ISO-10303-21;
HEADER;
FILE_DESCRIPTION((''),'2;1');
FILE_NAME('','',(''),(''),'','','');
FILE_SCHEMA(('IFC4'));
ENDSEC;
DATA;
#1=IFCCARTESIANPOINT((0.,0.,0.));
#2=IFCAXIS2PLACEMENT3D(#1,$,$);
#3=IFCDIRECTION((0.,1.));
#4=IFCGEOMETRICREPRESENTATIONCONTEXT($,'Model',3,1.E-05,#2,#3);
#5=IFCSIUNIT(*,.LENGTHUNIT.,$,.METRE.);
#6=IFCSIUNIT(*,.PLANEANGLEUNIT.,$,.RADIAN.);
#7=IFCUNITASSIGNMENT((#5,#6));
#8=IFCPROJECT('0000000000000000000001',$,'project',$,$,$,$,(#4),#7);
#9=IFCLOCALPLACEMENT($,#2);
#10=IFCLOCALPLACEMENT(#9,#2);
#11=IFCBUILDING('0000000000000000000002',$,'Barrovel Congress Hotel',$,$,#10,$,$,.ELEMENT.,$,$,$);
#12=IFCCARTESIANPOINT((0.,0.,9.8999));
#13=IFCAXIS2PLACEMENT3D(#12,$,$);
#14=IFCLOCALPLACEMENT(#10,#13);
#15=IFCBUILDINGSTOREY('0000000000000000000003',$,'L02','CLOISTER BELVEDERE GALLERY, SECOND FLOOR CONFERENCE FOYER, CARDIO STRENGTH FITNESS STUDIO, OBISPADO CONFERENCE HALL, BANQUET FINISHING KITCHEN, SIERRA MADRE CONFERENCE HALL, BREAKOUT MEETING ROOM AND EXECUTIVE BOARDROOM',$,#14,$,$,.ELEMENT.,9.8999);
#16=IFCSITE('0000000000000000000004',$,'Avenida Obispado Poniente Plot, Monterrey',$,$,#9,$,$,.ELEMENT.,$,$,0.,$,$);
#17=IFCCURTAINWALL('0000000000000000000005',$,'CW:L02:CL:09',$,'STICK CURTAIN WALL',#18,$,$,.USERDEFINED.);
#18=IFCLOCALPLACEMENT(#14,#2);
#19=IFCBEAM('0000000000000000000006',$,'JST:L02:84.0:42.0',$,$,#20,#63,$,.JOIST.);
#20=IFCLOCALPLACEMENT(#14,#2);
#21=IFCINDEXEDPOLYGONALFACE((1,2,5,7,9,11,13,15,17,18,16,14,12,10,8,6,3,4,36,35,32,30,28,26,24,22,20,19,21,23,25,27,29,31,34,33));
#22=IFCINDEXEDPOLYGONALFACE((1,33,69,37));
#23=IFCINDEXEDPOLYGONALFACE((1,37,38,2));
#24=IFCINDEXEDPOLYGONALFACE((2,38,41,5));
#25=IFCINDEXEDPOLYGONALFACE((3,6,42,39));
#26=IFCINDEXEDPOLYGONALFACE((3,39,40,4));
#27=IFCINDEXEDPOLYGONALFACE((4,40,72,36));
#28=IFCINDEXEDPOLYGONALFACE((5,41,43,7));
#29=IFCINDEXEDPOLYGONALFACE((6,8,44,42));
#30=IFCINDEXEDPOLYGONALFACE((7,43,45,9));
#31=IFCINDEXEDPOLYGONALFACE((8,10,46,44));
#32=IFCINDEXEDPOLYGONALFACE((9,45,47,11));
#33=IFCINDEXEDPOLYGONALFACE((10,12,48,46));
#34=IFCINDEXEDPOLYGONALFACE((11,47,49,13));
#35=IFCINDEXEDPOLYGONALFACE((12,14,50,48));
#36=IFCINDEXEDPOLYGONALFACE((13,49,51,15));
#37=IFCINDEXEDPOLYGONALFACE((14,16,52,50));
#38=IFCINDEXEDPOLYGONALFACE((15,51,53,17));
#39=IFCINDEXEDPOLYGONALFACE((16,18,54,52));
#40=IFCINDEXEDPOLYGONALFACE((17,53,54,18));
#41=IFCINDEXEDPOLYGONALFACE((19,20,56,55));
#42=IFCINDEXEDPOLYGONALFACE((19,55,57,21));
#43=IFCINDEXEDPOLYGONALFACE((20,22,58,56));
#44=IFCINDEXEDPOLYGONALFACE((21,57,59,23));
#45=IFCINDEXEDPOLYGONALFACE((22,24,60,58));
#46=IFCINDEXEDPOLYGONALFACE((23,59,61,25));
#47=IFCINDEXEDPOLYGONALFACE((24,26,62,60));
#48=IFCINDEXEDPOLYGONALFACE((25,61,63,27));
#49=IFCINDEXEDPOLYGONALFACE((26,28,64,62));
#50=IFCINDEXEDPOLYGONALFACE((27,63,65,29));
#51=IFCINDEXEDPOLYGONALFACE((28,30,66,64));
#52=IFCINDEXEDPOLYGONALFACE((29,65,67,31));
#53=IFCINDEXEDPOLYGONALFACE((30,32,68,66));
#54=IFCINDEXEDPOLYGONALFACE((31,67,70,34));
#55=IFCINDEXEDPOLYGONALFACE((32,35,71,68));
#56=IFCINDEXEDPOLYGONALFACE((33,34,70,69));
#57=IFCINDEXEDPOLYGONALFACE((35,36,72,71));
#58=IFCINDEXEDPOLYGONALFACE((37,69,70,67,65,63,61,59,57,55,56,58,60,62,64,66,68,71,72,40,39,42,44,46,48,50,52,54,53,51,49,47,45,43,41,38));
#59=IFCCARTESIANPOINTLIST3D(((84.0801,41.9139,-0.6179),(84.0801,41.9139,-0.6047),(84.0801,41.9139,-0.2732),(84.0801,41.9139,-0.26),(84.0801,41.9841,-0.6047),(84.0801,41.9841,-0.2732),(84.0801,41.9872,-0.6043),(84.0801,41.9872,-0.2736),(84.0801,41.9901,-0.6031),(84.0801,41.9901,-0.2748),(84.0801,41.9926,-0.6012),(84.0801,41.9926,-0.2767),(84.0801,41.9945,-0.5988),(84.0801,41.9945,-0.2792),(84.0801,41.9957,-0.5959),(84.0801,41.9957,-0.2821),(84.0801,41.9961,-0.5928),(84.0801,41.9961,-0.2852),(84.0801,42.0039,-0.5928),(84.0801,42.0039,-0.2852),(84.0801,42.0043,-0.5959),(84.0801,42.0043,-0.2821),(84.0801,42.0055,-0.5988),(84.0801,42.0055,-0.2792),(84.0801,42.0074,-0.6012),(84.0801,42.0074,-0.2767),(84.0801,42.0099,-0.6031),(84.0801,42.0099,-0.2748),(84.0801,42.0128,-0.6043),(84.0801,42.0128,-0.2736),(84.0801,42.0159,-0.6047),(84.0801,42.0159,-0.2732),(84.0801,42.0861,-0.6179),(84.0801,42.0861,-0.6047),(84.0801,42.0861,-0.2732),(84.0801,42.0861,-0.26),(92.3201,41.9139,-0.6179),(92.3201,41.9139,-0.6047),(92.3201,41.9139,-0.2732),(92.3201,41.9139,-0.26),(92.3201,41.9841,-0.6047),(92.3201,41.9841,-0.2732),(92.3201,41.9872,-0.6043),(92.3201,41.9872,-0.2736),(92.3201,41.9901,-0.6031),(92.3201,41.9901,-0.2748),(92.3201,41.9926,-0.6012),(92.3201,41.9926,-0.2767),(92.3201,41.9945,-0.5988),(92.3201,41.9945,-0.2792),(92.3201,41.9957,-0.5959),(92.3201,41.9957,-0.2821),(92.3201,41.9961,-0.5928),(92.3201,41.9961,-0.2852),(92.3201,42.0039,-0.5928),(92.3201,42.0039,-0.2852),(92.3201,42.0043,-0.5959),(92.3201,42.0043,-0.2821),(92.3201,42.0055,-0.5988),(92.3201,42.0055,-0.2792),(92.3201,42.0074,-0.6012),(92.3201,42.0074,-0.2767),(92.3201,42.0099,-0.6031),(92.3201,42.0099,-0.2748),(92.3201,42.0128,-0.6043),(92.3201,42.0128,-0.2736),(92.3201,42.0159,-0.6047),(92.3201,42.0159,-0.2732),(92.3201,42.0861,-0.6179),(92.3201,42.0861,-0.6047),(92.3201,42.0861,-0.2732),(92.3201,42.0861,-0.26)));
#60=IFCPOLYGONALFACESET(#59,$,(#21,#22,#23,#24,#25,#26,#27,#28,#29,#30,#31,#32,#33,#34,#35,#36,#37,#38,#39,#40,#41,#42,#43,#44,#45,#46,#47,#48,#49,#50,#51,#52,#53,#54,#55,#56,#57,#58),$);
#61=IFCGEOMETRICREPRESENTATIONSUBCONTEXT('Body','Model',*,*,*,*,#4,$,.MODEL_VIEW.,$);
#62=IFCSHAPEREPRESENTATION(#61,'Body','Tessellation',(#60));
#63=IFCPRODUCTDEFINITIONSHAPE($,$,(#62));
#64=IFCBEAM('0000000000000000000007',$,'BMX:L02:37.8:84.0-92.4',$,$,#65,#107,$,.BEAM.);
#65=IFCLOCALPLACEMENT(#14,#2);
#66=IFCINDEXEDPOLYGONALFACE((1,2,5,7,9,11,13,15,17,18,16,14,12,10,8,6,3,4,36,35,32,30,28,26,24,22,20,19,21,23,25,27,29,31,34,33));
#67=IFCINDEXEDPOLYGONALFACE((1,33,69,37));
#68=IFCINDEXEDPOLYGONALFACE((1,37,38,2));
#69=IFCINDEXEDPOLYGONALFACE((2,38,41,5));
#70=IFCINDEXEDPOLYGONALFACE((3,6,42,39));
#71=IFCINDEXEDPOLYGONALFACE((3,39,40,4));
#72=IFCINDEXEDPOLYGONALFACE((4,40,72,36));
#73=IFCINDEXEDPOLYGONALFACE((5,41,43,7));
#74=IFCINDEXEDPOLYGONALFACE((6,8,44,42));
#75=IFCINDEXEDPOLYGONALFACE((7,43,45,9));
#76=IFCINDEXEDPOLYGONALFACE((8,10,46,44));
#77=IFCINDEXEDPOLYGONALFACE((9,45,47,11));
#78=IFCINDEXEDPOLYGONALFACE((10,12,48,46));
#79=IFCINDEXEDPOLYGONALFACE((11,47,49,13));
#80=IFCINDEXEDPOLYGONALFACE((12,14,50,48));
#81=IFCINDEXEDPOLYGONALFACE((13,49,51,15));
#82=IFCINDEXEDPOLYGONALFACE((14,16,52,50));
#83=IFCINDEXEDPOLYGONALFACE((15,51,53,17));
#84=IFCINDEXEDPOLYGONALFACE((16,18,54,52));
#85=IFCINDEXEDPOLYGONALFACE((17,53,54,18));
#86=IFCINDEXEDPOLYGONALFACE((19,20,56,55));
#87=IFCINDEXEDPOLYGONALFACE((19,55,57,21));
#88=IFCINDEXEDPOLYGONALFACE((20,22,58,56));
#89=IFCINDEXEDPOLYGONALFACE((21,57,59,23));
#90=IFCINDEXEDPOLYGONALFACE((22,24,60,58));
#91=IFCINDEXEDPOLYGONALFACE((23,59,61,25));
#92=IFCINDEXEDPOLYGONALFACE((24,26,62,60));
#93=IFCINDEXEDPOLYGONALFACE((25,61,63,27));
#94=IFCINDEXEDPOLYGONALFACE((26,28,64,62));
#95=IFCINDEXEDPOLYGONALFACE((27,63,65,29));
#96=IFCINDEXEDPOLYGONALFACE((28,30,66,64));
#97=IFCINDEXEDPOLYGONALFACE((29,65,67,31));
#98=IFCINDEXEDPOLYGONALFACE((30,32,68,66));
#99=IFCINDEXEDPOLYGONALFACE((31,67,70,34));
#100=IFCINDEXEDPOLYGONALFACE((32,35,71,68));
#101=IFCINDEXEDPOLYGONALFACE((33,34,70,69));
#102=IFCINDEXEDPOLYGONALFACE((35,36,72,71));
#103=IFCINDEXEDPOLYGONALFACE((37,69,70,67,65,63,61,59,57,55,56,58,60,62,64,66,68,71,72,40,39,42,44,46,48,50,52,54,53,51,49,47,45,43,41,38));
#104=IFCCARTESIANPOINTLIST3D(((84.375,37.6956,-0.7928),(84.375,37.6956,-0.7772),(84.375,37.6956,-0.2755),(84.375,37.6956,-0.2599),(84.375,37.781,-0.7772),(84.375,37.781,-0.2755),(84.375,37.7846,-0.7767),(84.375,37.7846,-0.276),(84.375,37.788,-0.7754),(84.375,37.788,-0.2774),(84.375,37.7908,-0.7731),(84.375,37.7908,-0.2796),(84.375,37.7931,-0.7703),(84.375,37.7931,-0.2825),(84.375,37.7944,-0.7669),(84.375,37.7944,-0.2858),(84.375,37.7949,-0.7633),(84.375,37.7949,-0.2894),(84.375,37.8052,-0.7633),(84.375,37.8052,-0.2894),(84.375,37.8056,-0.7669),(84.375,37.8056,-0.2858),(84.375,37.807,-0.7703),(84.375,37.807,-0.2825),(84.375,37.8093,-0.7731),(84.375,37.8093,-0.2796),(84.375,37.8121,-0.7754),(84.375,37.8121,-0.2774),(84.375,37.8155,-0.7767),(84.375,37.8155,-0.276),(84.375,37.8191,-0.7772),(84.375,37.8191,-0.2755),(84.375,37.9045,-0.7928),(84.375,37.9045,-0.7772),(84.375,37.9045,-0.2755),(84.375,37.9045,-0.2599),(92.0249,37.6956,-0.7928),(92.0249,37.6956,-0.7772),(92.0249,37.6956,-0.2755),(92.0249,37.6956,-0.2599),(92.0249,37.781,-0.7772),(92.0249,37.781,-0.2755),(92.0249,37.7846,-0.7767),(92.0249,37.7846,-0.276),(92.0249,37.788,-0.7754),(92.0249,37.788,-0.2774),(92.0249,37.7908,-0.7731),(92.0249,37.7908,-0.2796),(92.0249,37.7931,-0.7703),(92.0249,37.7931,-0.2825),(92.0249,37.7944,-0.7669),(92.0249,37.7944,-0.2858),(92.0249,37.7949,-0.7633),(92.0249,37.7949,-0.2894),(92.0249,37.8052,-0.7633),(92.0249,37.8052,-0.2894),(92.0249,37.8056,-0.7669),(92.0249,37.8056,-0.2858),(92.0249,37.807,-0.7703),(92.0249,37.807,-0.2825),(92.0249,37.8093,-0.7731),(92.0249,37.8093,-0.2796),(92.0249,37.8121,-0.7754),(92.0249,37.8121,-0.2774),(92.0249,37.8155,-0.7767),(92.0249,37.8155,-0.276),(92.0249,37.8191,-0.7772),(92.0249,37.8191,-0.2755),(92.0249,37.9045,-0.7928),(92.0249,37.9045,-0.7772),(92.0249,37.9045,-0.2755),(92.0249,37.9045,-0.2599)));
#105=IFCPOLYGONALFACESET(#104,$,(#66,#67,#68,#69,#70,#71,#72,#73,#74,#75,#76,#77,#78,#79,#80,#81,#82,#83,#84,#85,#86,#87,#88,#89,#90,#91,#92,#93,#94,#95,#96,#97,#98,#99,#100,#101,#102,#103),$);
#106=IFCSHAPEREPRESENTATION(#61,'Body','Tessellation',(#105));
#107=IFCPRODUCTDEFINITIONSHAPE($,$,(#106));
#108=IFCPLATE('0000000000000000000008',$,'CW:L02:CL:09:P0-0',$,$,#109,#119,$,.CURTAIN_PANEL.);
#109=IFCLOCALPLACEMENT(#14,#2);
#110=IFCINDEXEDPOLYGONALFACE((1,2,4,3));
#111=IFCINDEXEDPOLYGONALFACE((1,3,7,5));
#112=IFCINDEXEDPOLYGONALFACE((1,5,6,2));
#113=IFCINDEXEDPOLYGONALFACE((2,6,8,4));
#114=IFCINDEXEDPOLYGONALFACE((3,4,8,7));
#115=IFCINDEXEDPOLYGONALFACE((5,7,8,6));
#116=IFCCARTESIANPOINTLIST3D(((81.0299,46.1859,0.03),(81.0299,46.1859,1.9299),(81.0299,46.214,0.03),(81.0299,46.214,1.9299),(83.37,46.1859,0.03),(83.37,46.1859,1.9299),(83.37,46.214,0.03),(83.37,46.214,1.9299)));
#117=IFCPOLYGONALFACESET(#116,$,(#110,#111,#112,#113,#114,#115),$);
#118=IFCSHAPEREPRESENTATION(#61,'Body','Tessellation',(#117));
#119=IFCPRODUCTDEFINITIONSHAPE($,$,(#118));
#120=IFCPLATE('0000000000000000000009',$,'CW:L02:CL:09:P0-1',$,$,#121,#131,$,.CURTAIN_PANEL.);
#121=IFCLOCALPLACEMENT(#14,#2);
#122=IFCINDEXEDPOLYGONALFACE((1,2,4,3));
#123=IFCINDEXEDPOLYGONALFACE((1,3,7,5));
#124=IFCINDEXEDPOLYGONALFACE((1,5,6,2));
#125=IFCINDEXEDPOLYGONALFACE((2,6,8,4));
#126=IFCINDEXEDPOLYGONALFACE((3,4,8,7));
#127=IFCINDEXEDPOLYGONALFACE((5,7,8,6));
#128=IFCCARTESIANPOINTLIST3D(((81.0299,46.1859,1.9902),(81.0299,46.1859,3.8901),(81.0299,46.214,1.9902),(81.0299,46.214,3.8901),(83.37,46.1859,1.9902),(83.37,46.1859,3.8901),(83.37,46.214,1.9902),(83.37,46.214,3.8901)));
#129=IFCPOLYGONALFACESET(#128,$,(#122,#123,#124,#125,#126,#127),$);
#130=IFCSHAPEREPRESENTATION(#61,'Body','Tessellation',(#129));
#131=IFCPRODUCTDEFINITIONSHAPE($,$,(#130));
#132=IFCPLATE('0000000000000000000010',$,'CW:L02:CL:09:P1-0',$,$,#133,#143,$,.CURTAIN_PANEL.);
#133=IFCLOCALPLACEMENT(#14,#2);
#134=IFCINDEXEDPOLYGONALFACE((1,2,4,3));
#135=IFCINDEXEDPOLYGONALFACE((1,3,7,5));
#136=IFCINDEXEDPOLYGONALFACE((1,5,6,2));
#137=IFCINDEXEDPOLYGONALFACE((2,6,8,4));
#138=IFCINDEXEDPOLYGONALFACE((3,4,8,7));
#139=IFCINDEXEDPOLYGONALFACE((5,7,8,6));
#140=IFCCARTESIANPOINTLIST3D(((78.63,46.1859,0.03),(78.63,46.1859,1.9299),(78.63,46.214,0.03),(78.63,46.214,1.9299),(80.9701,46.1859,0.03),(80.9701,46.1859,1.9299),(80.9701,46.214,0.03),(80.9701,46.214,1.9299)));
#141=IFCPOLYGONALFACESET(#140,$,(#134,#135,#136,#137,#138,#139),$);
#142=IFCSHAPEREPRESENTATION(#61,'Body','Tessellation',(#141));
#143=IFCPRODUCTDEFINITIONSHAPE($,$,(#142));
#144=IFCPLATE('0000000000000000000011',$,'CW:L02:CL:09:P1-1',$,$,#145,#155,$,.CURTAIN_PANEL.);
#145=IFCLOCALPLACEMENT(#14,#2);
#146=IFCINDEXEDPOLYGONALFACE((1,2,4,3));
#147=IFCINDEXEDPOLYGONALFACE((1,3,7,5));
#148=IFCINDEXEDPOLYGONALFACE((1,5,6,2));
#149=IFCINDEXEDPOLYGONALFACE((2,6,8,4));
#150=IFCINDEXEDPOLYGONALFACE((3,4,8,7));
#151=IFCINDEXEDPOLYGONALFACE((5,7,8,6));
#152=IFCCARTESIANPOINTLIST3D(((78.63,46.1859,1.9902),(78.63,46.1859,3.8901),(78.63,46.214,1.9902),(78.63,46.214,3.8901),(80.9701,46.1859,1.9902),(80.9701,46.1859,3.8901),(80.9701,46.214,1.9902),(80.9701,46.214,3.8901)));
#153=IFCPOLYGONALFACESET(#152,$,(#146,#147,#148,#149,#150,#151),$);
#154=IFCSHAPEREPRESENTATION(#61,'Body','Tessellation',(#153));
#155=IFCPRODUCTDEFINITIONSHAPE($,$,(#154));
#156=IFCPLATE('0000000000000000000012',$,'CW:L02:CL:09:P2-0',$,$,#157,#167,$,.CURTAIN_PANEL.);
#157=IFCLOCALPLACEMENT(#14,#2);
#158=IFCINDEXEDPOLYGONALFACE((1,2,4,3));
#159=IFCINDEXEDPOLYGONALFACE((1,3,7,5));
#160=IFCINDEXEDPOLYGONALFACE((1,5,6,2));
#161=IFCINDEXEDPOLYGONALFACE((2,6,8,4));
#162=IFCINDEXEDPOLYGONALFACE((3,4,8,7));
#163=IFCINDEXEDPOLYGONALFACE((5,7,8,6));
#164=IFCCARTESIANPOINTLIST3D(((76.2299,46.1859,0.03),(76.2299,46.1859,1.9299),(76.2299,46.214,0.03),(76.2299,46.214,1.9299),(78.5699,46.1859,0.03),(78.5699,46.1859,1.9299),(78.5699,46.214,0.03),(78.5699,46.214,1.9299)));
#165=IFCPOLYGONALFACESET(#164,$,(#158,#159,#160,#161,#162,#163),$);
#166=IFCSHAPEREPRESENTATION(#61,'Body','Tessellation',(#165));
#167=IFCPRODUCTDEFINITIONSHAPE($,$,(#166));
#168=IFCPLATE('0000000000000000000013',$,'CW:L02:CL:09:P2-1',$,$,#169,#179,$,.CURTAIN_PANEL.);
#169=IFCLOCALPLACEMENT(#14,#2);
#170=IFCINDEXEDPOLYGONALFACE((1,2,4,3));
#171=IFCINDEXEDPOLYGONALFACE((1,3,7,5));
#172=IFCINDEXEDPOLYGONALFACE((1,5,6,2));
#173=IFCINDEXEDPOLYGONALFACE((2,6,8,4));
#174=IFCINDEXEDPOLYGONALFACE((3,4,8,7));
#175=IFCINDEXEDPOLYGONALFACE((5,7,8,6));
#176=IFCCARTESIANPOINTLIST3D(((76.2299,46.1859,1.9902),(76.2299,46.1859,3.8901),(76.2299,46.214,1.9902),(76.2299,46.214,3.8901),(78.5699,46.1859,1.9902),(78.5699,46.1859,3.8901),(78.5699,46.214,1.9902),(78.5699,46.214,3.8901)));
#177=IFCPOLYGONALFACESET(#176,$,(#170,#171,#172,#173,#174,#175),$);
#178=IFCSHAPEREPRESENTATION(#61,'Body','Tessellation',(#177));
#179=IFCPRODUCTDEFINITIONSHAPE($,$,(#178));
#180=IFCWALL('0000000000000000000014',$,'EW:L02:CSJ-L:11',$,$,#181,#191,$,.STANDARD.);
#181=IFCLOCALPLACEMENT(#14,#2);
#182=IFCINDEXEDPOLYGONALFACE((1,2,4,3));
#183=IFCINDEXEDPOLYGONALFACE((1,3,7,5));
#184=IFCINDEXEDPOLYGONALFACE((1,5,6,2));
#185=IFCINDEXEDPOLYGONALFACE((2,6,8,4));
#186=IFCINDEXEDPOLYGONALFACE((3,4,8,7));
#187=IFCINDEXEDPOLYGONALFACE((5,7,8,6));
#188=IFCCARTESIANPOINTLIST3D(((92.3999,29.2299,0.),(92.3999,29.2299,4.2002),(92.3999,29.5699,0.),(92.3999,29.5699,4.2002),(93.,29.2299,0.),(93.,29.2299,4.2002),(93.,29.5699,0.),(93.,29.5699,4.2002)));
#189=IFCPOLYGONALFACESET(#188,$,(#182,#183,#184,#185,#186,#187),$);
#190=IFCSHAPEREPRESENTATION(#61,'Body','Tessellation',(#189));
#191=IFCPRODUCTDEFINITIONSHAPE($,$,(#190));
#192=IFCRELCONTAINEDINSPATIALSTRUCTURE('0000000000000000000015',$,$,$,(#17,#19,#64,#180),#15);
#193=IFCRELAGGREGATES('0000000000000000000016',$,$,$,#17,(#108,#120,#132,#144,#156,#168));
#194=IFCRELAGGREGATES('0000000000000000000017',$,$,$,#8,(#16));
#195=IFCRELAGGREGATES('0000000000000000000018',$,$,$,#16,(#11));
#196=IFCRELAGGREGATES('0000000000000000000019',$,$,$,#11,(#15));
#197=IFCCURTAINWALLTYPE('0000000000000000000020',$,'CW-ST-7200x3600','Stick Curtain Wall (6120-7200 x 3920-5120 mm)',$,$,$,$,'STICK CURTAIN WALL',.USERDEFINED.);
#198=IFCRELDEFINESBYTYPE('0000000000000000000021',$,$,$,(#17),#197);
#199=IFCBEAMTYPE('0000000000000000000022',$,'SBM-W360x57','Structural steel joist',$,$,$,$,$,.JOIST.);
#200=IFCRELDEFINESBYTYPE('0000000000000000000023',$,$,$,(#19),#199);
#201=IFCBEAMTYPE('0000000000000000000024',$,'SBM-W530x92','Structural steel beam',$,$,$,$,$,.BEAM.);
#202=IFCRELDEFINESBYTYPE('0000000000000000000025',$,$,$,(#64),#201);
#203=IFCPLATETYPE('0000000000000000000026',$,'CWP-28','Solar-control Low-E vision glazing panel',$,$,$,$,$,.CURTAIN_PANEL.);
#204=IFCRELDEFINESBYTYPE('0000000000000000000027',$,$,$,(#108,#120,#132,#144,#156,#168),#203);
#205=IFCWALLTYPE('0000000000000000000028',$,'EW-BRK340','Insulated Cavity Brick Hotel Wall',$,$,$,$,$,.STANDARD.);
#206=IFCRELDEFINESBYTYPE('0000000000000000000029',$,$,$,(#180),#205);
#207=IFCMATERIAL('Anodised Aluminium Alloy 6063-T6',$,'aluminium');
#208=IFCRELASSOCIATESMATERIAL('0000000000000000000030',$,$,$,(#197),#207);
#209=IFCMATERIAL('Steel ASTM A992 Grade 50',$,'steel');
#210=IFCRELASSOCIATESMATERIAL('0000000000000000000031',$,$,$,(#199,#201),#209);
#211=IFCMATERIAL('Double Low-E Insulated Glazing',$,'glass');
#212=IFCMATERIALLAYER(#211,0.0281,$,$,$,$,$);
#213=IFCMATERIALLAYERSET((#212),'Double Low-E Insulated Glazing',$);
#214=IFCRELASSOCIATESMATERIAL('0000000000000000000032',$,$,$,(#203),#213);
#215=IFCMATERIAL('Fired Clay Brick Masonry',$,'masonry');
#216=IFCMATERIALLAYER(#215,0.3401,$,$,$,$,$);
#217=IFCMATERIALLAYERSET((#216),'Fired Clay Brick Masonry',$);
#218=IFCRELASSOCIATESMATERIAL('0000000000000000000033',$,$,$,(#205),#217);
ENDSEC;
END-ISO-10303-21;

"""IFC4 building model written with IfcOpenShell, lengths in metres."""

from ifc_helpers import new_model, si_unit, direction, frame, frame_2d, origin, origin_2d, place, context, subcontext, project, spatial, rectangle, i_section, extrude, material, layer, layer_set, material_profile, profile_set, type_object, element, aggregate, save


model = new_model("IFC4")

# Units and contexts
model_context = context("Model", 3, precision=1e-05, world=origin(), true_north=direction((0.0, 1.0)))
body_context = subcontext(model_context, "Body", "Model", "MODEL_VIEW")
ifc_project = project(units=[si_unit("LENGTHUNIT", "METRE"), si_unit("PLANEANGLEUNIT", "RADIAN")], contexts=[model_context])

# Site, building, storey
site_placement = place(None, origin())
site = spatial("IfcSite", under=ifc_project, at=site_placement, Name="Avenida Obispado Poniente Plot, Monterrey", CompositionType="ELEMENT", RefElevation=0.0)
building_placement = place(site_placement, origin())
building = spatial("IfcBuilding", under=site, at=building_placement, Name="Barrovel Congress Hotel", CompositionType="ELEMENT")
storey_placement = place(building_placement, frame((0.0, 0.0, 9.8999)))
storey = spatial("IfcBuildingStorey", under=building, at=storey_placement, Name="L02", Description="CLOISTER BELVEDERE GALLERY, SECOND FLOOR CONFERENCE FOYER, CARDIO STRENGTH FITNESS STUDIO, OBISPADO CONFERENCE HALL, BANQUET FINISHING KITCHEN, SIERRA MADRE CONFERENCE HALL, BREAKOUT MEETING ROOM AND EXECUTIVE BOARDROOM", CompositionType="ELEMENT", Elevation=9.8999)

# Curtain wall
ifc_material_1 = material(Name="Anodised Aluminium Alloy 6063-T6", Category="aluminium")
curtain_wall_type = type_object("IfcCurtainWallType", Name="CW-ST-7200x3600", Description="Stick Curtain Wall (6120-7200 x 3920-5120 mm)", ElementType="STICK CURTAIN WALL", PredefinedType="USERDEFINED", material=ifc_material_1)
curtain_wall_1_placement = place(storey_placement, origin())
curtain_wall_1 = element("IfcCurtainWall", 1, at=curtain_wall_1_placement, inside=storey, type_object=curtain_wall_type, Name="CW:L02:CL:09", ObjectType="STICK CURTAIN WALL", PredefinedType="USERDEFINED")

# Beams
ifc_material_2 = material(Name="Steel ASTM A992 Grade 50", Category="steel")
ifc_material_profile_1 = material_profile(ifc_material_2, i_section(OverallWidth=0.1721, OverallDepth=0.3579, WebThickness=0.0078, FlangeThickness=0.0132, FilletRadius=0.012, at=origin_2d()), Name="W360x57")
ifc_profile_set_1 = profile_set([ifc_material_profile_1], Name="Steel ASTM A992 Grade 50")
beam_type_1 = type_object("IfcBeamType", Name="SBM-W360x57", Description="Structural steel joist", PredefinedType="JOIST", material=ifc_profile_set_1)
beam_1_placement = place(storey_placement, frame((84.0801, 42.0, -0.439), z_axis=(1.0, 0.0, 0.0), x_axis=(0.0, 1.0, 0.0)))
element("IfcBeam", 2, at=beam_1_placement, inside=storey, type_object=beam_type_1, Name="JST:L02:84.0:42.0", PredefinedType="JOIST", context=body_context, shape_type="SweptSolid", body=[
    extrude(i_section(OverallWidth=0.1721, OverallDepth=0.3579, WebThickness=0.0078, FlangeThickness=0.0132, FilletRadius=0.012, at=origin_2d()), origin(), (0.0, 0.0, 1.0), 8.24),
])
ifc_material_profile_2 = material_profile(ifc_material_2, i_section(OverallWidth=0.209, OverallDepth=0.533, WebThickness=0.0103, FlangeThickness=0.0156, FilletRadius=0.0139, at=origin_2d()), Name="W530x92")
ifc_profile_set_2 = profile_set([ifc_material_profile_2], Name="Steel ASTM A992 Grade 50")
beam_type_2 = type_object("IfcBeamType", Name="SBM-W530x92", Description="Structural steel beam", PredefinedType="BEAM", material=ifc_profile_set_2)
beam_2_placement = place(storey_placement, frame((84.375, 37.8, -0.5264), z_axis=(1.0, 0.0, 0.0), x_axis=(0.0, 1.0, 0.0)))
element("IfcBeam", 3, at=beam_2_placement, inside=storey, type_object=beam_type_2, Name="BMX:L02:37.8:84.0-92.4", PredefinedType="BEAM", context=body_context, shape_type="SweptSolid", body=[
    extrude(i_section(OverallWidth=0.209, OverallDepth=0.533, WebThickness=0.0103, FlangeThickness=0.0156, FilletRadius=0.0139, at=origin_2d()), origin(), (0.0, 0.0, 1.0), 7.6499),
])

# Plates
ifc_material_3 = material(Name="Double Low-E Insulated Glazing", Category="glass")
ifc_layer_1 = layer(ifc_material_3, 0.0281)
ifc_layer_set_1 = layer_set([ifc_layer_1], Name="Double Low-E Insulated Glazing")
plate_type = type_object("IfcPlateType", Name="CWP-28", Description="Solar-control Low-E vision glazing panel", PredefinedType="CURTAIN_PANEL", material=ifc_layer_set_1)
plate_1_placement = place(storey_placement, frame((82.2, 46.2, 0.03), z_axis=(0.0, 0.0, 1.0), x_axis=(-1.0, 0.0, 0.0)))
plate_1 = element("IfcPlate", 4, at=plate_1_placement, type_object=plate_type, Name="CW:L02:CL:09:P0-0", PredefinedType="CURTAIN_PANEL", context=body_context, shape_type="SweptSolid", body=[
    extrude(rectangle(XDim=2.3401, YDim=0.0281, at=origin_2d()), origin(), (0.0, 0.0, 1.0), 1.8999),
])
plate_2_placement = place(storey_placement, frame((82.2, 46.2, 1.9902), z_axis=(0.0, 0.0, 1.0), x_axis=(-1.0, 0.0, 0.0)))
plate_2 = element("IfcPlate", 5, at=plate_2_placement, type_object=plate_type, Name="CW:L02:CL:09:P0-1", PredefinedType="CURTAIN_PANEL", context=body_context, shape_type="SweptSolid", body=[
    extrude(rectangle(XDim=2.3401, YDim=0.0281, at=origin_2d()), origin(), (0.0, 0.0, 1.0), 1.8999),
])
plate_3_placement = place(storey_placement, frame((79.8, 46.2, 0.03), z_axis=(0.0, 0.0, 1.0), x_axis=(-1.0, 0.0, 0.0)))
plate_3 = element("IfcPlate", 6, at=plate_3_placement, type_object=plate_type, Name="CW:L02:CL:09:P1-0", PredefinedType="CURTAIN_PANEL", context=body_context, shape_type="SweptSolid", body=[
    extrude(rectangle(XDim=2.3401, YDim=0.0281, at=origin_2d()), origin(), (0.0, 0.0, 1.0), 1.8999),
])
plate_4_placement = place(storey_placement, frame((79.8, 46.2, 1.9902), z_axis=(0.0, 0.0, 1.0), x_axis=(-1.0, 0.0, 0.0)))
plate_4 = element("IfcPlate", 7, at=plate_4_placement, type_object=plate_type, Name="CW:L02:CL:09:P1-1", PredefinedType="CURTAIN_PANEL", context=body_context, shape_type="SweptSolid", body=[
    extrude(rectangle(XDim=2.3401, YDim=0.0281, at=origin_2d()), origin(), (0.0, 0.0, 1.0), 1.8999),
])
plate_5_placement = place(storey_placement, frame((77.3999, 46.2, 0.03), z_axis=(0.0, 0.0, 1.0), x_axis=(-1.0, 0.0, 0.0)))
plate_5 = element("IfcPlate", 8, at=plate_5_placement, type_object=plate_type, Name="CW:L02:CL:09:P2-0", PredefinedType="CURTAIN_PANEL", context=body_context, shape_type="SweptSolid", body=[
    extrude(rectangle(XDim=2.3401, YDim=0.0281, at=origin_2d()), origin(), (0.0, 0.0, 1.0), 1.8999),
])
plate_6_placement = place(storey_placement, frame((77.3999, 46.2, 1.9902), z_axis=(0.0, 0.0, 1.0), x_axis=(-1.0, 0.0, 0.0)))
plate_6 = element("IfcPlate", 9, at=plate_6_placement, type_object=plate_type, Name="CW:L02:CL:09:P2-1", PredefinedType="CURTAIN_PANEL", context=body_context, shape_type="SweptSolid", body=[
    extrude(rectangle(XDim=2.3401, YDim=0.0281, at=origin_2d()), origin(), (0.0, 0.0, 1.0), 1.8999),
])
aggregate(curtain_wall_1, [plate_1, plate_2, plate_3, plate_4, plate_5, plate_6])

# Wall
ifc_material_4 = material(Name="Fired Clay Brick Masonry", Category="masonry")
ifc_layer_2 = layer(ifc_material_4, 0.3401)
ifc_layer_set_2 = layer_set([ifc_layer_2], Name="Fired Clay Brick Masonry")
wall_type = type_object("IfcWallType", Name="EW-BRK340", Description="Insulated Cavity Brick Hotel Wall", PredefinedType="STANDARD", material=ifc_layer_set_2)
wall_1_placement = place(storey_placement, frame((93.0, 29.3999, 0.0), z_axis=(0.0, 0.0, 1.0), x_axis=(-1.0, 0.0, 0.0)))
element("IfcWall", 10, at=wall_1_placement, inside=storey, type_object=wall_type, Name="EW:L02:CSJ-L:11", PredefinedType="STANDARD", context=body_context, shape_type="SweptSolid", body=[
    extrude(rectangle(XDim=0.6001, YDim=0.3401, at=frame_2d((0.3, 0.0))), origin(), (0.0, 0.0, 1.0), 4.2002),
])

save(model, "model.ifc")
